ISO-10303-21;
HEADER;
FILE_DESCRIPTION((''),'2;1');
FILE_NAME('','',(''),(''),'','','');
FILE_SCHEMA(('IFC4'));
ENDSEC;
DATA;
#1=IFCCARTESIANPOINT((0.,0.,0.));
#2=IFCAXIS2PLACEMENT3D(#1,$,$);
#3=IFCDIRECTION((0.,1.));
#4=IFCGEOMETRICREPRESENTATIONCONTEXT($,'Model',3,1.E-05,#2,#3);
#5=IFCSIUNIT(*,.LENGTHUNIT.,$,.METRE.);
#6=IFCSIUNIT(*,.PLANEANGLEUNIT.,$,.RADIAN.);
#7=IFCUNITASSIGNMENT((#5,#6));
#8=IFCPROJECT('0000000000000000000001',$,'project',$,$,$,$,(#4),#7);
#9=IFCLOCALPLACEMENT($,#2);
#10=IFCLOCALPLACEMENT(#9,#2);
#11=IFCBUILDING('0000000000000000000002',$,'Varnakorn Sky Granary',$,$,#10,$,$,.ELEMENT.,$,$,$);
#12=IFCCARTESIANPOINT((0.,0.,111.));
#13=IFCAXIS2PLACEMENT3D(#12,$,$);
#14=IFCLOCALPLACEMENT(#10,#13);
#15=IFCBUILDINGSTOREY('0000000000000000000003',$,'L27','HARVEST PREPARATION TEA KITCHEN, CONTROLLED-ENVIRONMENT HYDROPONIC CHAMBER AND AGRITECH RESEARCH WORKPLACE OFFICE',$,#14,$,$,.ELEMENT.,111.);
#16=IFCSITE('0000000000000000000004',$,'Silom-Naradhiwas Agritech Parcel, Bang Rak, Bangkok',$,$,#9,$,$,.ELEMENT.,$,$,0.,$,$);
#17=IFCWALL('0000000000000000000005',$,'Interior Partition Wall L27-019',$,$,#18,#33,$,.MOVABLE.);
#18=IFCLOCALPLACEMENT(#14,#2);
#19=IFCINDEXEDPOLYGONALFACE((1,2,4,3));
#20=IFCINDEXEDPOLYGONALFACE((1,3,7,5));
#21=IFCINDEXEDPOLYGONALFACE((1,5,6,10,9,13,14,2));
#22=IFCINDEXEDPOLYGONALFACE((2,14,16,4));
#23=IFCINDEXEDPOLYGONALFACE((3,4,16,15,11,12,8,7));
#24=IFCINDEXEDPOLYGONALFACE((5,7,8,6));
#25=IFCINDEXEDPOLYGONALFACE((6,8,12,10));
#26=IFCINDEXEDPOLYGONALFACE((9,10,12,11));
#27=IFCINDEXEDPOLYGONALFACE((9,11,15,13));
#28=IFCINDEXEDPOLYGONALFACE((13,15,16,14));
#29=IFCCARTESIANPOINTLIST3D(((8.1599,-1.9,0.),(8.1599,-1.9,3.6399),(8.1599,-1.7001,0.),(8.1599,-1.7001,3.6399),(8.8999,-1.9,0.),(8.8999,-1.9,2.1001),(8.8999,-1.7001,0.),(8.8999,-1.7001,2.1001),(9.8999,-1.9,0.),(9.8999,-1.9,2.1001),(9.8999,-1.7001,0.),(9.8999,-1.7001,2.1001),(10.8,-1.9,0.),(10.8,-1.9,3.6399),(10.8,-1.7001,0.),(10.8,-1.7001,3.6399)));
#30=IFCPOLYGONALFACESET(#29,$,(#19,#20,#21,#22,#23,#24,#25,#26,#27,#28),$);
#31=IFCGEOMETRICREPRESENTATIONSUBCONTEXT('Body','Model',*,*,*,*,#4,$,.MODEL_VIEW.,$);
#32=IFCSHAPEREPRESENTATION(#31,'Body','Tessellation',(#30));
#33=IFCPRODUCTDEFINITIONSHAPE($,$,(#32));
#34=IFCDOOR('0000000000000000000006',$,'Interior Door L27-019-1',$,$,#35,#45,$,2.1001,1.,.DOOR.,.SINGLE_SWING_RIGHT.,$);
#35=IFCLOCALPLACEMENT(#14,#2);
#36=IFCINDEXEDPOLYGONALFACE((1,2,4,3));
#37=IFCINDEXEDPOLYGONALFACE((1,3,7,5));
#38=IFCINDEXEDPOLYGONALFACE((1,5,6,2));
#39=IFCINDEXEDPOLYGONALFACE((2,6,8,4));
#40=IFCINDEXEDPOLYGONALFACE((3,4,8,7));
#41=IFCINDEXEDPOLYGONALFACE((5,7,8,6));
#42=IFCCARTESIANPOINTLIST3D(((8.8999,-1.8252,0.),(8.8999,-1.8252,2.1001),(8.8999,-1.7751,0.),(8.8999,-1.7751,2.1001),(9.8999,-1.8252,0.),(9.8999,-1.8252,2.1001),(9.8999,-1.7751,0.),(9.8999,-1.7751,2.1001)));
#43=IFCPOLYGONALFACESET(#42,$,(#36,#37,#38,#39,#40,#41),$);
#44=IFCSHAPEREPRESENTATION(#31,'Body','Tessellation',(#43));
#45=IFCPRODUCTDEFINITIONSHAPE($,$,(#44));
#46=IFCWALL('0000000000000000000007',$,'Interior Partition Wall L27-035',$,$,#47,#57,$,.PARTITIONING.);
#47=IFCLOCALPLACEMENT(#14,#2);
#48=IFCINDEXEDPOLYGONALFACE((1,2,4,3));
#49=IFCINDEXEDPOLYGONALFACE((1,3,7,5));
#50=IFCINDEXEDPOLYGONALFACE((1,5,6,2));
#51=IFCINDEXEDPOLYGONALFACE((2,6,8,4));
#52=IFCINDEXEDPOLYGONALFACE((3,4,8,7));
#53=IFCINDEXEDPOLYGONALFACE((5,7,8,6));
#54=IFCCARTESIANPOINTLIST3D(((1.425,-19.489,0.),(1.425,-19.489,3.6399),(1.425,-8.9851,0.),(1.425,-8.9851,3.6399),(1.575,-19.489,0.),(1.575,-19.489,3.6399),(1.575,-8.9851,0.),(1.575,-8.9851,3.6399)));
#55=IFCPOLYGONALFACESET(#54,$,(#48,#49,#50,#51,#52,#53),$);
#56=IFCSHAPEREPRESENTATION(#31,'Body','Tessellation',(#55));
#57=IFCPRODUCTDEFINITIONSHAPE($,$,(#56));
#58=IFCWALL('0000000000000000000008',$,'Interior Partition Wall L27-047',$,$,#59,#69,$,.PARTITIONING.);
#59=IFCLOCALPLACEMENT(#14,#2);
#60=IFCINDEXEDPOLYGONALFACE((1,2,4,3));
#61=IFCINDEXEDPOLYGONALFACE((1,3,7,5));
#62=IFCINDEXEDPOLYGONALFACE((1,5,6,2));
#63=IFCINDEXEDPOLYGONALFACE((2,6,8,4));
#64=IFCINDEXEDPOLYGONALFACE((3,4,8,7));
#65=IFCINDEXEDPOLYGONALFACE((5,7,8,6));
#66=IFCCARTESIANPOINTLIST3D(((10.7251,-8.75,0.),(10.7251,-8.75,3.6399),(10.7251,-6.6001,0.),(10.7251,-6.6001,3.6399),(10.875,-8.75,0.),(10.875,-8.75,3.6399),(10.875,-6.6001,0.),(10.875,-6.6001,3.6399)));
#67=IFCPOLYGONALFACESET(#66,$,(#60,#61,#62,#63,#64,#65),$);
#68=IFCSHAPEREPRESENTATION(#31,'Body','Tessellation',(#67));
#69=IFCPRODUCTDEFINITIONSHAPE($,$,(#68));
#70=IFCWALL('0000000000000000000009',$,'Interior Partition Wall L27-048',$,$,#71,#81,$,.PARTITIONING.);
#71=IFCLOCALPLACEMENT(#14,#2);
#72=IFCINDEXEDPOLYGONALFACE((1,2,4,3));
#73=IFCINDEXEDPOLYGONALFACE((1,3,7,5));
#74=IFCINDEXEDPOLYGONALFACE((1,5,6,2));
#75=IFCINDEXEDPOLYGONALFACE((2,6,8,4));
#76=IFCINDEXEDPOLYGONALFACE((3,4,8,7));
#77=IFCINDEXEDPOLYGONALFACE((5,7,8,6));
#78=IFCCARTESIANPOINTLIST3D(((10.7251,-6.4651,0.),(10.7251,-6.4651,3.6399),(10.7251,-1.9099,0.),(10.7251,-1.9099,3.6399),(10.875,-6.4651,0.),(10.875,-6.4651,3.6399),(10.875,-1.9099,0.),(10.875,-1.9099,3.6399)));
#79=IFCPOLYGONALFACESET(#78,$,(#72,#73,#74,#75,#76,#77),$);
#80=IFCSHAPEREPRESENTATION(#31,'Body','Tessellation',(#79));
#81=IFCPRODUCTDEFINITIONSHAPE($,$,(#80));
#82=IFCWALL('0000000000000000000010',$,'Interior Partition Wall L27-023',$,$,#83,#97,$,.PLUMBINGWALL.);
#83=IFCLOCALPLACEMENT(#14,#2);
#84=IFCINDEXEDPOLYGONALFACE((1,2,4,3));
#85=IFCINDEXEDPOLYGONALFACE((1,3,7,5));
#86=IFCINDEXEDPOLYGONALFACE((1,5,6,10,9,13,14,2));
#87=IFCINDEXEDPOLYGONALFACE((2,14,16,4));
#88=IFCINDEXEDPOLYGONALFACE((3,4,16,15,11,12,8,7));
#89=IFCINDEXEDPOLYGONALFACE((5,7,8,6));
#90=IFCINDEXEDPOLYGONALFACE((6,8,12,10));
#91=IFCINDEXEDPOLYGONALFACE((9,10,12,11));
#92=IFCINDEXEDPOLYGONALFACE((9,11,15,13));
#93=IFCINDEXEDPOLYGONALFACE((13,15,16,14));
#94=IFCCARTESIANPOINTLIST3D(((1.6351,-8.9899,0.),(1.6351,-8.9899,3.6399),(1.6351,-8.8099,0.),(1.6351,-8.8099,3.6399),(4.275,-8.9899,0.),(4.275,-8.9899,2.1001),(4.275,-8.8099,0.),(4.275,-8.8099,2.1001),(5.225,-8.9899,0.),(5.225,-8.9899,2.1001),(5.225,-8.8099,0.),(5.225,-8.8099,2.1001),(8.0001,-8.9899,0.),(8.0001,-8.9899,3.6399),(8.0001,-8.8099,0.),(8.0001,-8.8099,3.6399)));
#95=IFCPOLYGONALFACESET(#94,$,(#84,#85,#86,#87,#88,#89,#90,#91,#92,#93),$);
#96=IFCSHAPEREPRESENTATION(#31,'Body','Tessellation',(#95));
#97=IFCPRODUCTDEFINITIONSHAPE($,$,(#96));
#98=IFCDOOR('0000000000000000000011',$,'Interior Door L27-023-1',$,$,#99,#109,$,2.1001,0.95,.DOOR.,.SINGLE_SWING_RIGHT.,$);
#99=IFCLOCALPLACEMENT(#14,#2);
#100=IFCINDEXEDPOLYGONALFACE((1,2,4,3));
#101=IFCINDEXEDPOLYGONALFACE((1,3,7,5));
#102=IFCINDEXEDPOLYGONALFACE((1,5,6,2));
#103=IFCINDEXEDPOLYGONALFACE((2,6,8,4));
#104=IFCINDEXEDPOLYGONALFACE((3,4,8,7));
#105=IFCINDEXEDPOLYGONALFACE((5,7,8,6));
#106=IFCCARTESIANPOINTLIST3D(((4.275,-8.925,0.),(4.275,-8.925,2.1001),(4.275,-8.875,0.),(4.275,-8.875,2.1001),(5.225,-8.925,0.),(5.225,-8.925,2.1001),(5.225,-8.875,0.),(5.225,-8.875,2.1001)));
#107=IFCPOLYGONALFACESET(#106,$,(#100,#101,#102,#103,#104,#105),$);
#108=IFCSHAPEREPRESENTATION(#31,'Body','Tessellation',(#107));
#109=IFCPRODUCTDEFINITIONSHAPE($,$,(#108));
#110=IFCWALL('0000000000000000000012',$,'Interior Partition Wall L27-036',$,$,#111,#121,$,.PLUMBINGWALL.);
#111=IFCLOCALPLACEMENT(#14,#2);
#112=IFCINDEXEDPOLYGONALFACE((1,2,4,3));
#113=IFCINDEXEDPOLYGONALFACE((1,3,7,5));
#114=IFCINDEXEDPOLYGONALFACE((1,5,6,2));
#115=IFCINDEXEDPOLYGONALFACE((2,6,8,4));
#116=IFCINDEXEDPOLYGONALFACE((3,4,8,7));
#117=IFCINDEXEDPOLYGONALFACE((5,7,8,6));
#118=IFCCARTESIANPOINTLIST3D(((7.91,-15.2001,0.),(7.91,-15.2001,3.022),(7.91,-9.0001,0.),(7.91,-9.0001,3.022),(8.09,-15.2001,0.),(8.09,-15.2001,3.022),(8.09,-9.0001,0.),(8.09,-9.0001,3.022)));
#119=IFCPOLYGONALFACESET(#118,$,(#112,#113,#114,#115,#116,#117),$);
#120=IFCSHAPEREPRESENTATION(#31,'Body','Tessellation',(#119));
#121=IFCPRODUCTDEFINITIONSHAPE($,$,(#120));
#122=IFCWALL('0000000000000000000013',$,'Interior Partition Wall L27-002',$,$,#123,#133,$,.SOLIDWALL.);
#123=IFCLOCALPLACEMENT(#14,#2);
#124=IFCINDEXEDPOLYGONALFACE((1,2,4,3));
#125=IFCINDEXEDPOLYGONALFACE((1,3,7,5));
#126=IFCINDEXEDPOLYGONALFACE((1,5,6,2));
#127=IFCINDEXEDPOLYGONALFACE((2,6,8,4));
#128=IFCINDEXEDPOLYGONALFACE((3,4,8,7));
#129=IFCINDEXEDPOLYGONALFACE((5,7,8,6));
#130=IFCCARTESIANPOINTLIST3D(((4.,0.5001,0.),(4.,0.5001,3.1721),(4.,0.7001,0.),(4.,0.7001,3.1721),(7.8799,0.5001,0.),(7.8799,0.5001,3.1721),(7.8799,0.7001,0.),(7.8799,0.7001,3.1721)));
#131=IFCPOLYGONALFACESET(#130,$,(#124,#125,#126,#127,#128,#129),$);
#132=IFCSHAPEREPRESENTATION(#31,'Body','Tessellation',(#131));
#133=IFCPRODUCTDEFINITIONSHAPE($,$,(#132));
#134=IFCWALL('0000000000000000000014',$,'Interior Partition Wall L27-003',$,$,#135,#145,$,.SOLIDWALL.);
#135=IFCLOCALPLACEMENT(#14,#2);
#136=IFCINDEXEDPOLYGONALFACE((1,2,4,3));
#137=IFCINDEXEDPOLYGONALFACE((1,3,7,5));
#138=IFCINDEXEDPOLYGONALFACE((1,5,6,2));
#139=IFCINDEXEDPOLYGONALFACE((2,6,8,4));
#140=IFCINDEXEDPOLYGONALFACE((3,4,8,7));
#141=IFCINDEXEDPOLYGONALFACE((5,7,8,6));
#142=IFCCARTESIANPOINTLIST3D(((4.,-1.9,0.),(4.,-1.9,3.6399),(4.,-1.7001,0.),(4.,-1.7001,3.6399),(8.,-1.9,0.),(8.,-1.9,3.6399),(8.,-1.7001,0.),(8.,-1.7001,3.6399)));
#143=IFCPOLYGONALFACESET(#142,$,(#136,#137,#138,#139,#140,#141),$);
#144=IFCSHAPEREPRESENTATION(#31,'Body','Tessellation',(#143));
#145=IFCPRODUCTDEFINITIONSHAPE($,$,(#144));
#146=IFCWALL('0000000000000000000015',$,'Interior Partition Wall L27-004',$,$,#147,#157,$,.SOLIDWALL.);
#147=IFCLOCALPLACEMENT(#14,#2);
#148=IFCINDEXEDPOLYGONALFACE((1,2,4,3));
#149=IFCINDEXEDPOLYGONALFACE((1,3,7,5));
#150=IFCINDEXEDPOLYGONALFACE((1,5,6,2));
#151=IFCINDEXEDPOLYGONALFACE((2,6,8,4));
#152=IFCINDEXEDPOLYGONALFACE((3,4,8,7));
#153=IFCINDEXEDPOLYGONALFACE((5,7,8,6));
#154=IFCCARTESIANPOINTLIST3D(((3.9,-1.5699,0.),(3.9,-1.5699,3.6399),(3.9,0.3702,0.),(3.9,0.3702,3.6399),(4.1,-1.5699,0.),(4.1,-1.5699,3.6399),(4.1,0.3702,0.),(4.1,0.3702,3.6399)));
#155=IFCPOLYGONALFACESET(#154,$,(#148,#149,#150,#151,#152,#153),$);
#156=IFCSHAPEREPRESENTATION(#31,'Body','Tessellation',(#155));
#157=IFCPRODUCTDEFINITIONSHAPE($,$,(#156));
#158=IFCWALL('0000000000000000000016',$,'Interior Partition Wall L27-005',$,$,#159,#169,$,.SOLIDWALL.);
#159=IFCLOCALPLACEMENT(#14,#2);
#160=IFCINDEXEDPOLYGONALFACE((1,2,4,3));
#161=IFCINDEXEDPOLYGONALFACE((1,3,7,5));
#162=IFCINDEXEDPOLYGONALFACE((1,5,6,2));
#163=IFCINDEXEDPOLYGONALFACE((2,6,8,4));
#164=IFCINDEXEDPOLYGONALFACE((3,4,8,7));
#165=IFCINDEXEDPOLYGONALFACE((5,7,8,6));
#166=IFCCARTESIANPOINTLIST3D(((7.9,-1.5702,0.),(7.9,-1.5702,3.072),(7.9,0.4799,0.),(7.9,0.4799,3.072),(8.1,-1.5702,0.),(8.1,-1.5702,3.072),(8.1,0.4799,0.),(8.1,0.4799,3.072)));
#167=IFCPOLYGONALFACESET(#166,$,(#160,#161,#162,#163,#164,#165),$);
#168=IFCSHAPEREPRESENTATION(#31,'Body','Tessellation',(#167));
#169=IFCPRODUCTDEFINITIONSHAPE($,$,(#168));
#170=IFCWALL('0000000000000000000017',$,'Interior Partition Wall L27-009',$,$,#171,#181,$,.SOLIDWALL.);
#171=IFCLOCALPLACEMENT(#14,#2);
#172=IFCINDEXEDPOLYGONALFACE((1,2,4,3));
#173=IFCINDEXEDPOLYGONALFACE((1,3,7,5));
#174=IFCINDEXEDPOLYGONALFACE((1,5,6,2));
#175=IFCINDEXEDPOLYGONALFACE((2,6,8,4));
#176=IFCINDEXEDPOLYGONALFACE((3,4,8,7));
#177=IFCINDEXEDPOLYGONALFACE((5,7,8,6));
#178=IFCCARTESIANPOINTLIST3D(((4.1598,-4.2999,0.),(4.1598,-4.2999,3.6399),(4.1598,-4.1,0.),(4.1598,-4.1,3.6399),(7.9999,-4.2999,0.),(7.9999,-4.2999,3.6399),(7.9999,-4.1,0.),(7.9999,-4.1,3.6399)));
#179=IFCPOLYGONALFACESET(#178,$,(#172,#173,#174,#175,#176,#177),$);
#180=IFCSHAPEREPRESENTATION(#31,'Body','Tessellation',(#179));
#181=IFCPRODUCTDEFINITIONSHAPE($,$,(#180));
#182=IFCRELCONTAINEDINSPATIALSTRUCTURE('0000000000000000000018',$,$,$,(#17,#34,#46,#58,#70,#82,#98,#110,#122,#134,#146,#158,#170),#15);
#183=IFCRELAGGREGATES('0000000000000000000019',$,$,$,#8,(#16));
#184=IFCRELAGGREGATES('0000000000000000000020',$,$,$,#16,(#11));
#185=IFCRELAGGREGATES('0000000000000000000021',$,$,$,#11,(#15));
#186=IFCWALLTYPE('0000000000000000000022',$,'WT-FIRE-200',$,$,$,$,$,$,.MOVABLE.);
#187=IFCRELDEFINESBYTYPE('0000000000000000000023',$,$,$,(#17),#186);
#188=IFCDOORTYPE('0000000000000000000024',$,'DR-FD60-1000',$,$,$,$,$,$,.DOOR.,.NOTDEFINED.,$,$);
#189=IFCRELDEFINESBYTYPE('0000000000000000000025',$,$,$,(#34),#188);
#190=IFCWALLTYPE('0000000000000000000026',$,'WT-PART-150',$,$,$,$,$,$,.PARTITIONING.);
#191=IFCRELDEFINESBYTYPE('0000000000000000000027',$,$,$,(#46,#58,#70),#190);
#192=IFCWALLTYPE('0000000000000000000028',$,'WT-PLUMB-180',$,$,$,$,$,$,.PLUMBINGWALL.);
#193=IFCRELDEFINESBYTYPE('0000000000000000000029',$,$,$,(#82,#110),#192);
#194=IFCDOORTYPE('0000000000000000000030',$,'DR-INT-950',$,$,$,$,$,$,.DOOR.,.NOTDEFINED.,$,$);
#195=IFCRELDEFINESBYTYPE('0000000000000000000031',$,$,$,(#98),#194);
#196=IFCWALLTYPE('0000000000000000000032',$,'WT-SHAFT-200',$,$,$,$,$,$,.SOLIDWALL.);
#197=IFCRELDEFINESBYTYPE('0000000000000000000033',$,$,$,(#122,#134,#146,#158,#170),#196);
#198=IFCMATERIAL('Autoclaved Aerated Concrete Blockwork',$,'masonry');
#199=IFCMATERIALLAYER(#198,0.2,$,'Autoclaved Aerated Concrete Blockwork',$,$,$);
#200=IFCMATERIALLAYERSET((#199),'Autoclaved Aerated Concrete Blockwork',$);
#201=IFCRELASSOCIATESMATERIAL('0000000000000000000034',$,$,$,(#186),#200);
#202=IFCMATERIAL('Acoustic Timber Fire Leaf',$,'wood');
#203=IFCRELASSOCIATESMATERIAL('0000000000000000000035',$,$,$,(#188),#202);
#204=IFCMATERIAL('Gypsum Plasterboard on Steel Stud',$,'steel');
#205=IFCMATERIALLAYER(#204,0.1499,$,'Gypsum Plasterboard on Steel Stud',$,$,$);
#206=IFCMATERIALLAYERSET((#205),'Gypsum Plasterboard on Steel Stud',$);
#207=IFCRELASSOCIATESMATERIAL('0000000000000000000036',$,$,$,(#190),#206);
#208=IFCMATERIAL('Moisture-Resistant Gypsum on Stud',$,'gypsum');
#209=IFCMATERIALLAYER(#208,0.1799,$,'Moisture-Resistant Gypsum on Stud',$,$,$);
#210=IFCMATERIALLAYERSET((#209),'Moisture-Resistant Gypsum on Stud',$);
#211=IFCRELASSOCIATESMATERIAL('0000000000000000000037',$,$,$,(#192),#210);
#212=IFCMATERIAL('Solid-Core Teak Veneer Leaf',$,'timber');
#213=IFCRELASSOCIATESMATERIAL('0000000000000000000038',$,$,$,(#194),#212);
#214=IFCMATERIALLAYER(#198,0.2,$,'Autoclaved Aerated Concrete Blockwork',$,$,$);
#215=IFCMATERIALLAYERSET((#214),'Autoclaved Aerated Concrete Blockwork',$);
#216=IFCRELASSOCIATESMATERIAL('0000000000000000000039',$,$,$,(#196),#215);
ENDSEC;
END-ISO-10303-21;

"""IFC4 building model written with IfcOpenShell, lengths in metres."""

from ifc_helpers import new_model, si_unit, direction, frame, frame_2d, origin, place, context, subcontext, project, spatial, rectangle, extrude, material, layer, layer_set, type_object, element, fill, save


model = new_model("IFC4")

# Units and contexts
model_context = context("Model", 3, precision=1e-05, world=origin(), true_north=direction((0.0, 1.0)))
body_context = subcontext(model_context, "Body", "Model", "MODEL_VIEW")
ifc_project = project(units=[si_unit("LENGTHUNIT", "METRE"), si_unit("PLANEANGLEUNIT", "RADIAN")], contexts=[model_context])

# Site, building, storey
site_placement = place(None, origin())
site = spatial("IfcSite", under=ifc_project, at=site_placement, Name="Silom-Naradhiwas Agritech Parcel, Bang Rak, Bangkok", CompositionType="ELEMENT", RefElevation=0.0)
building_placement = place(site_placement, origin())
building = spatial("IfcBuilding", under=site, at=building_placement, Name="Varnakorn Sky Granary", CompositionType="ELEMENT")
storey_placement = place(building_placement, frame((0.0, 0.0, 111.0)))
storey = spatial("IfcBuildingStorey", under=building, at=storey_placement, Name="L27", Description="HARVEST PREPARATION TEA KITCHEN, CONTROLLED-ENVIRONMENT HYDROPONIC CHAMBER AND AGRITECH RESEARCH WORKPLACE OFFICE", CompositionType="ELEMENT", Elevation=111.0)

# Wall, opening, door
ifc_material_1 = material(Name="Autoclaved Aerated Concrete Blockwork", Category="masonry")
ifc_layer_1 = layer(ifc_material_1, 0.2, Name="Autoclaved Aerated Concrete Blockwork")
ifc_layer_set_1 = layer_set([ifc_layer_1], Name="Autoclaved Aerated Concrete Blockwork")
wall_type_1 = type_object("IfcWallType", Name="WT-FIRE-200", PredefinedType="MOVABLE", material=ifc_layer_set_1)
ifc_material_2 = material(Name="Acoustic Timber Fire Leaf", Category="wood")
door_type_1 = type_object("IfcDoorType", Name="DR-FD60-1000", OperationType="NOTDEFINED", PredefinedType="DOOR", material=ifc_material_2)
wall_1_placement = place(storey_placement, frame((8.1599, -1.8, 0.0), z_axis=(0.0, 0.0, 1.0), x_axis=(1.0, 0.0, 0.0)))
wall_1 = element("IfcWall", 1, at=wall_1_placement, inside=storey, type_object=wall_type_1, Name="Interior Partition Wall L27-019", PredefinedType="MOVABLE", context=body_context, shape_type="SweptSolid", body=[
    extrude(rectangle(XDim=2.6401, YDim=0.2, at=frame_2d((1.3201, 0.0))), origin(), (0.0, 0.0, 1.0), 3.6399),
])
opening_1_placement = place(wall_1_placement, frame((0.74, 0.0, 0.0)))
opening_1 = element("IfcOpeningElement", 2, at=opening_1_placement, cuts=wall_1, PredefinedType="OPENING", context=body_context, shape_type="SweptSolid", body=[
    extrude(rectangle(XDim=1.0, YDim=2.1001, at=frame_2d((0.5, 1.05))), frame((0.0, 0.1099, 0.0), z_axis=(0.0, -1.0, 0.0), x_axis=(1.0, 0.0, 0.0)), (0.0, 0.0, 1.0), 0.22),
])
door_1_placement = place(opening_1_placement, origin())
door_1 = element("IfcDoor", 3, at=door_1_placement, inside=storey, type_object=door_type_1, Name="Interior Door L27-019-1", OperationType="SINGLE_SWING_RIGHT", OverallHeight=2.1001, OverallWidth=1.0, PredefinedType="DOOR", context=body_context, shape_type="SweptSolid", body=[
    extrude(rectangle(XDim=1.0, YDim=2.1001, at=frame_2d((0.5, 1.05))), frame((0.0, 0.0249, 0.0), z_axis=(0.0, -1.0, 0.0), x_axis=(1.0, 0.0, 0.0)), (0.0, 0.0, 1.0), 0.05),
])
fill(opening_1, door_1)

# Walls
ifc_material_3 = material(Name="Gypsum Plasterboard on Steel Stud", Category="steel")
ifc_layer_2 = layer(ifc_material_3, 0.1499, Name="Gypsum Plasterboard on Steel Stud")
ifc_layer_set_2 = layer_set([ifc_layer_2], Name="Gypsum Plasterboard on Steel Stud")
wall_type_2 = type_object("IfcWallType", Name="WT-PART-150", PredefinedType="PARTITIONING", material=ifc_layer_set_2)
wall_2_placement = place(storey_placement, frame((1.5, -8.9851, 0.0), z_axis=(0.0, 0.0, 1.0), x_axis=(0.0, -1.0, 0.0)))
element("IfcWall", 4, at=wall_2_placement, inside=storey, type_object=wall_type_2, Name="Interior Partition Wall L27-035", PredefinedType="PARTITIONING", context=body_context, shape_type="SweptSolid", body=[
    extrude(rectangle(XDim=10.5039, YDim=0.1499, at=frame_2d((5.252, 0.0))), origin(), (0.0, 0.0, 1.0), 3.6399),
])
wall_3_placement = place(storey_placement, frame((10.8, -8.75, 0.0), z_axis=(0.0, 0.0, 1.0), x_axis=(0.0, 1.0, 0.0)))
element("IfcWall", 5, at=wall_3_placement, inside=storey, type_object=wall_type_2, Name="Interior Partition Wall L27-047", PredefinedType="PARTITIONING", context=body_context, shape_type="SweptSolid", body=[
    extrude(rectangle(XDim=2.1499, YDim=0.1499, at=frame_2d((1.075, 0.0))), origin(), (0.0, 0.0, 1.0), 3.6399),
])
wall_4_placement = place(storey_placement, frame((10.8, -6.4651, 0.0), z_axis=(0.0, 0.0, 1.0), x_axis=(0.0, 1.0, 0.0)))
element("IfcWall", 6, at=wall_4_placement, inside=storey, type_object=wall_type_2, Name="Interior Partition Wall L27-048", PredefinedType="PARTITIONING", context=body_context, shape_type="SweptSolid", body=[
    extrude(rectangle(XDim=4.5552, YDim=0.1499, at=frame_2d((2.2776, 0.0))), origin(), (0.0, 0.0, 1.0), 3.6399),
])

# Wall, opening, door
ifc_material_4 = material(Name="Moisture-Resistant Gypsum on Stud", Category="gypsum")
ifc_layer_3 = layer(ifc_material_4, 0.1799, Name="Moisture-Resistant Gypsum on Stud")
ifc_layer_set_3 = layer_set([ifc_layer_3], Name="Moisture-Resistant Gypsum on Stud")
wall_type_3 = type_object("IfcWallType", Name="WT-PLUMB-180", PredefinedType="PLUMBINGWALL", material=ifc_layer_set_3)
wall_5_placement = place(storey_placement, frame((1.635, -8.8999, 0.0), z_axis=(0.0, 0.0, 1.0), x_axis=(1.0, 0.0, 0.0)))
wall_5 = element("IfcWall", 7, at=wall_5_placement, inside=storey, type_object=wall_type_3, Name="Interior Partition Wall L27-023", PredefinedType="PLUMBINGWALL", context=body_context, shape_type="SweptSolid", body=[
    extrude(rectangle(XDim=6.365, YDim=0.1799, at=frame_2d((3.1826, 0.0))), origin(), (0.0, 0.0, 1.0), 3.6399),
])
opening_2_placement = place(wall_5_placement, frame((2.6399, 0.0, 0.0)))
opening_2 = element("IfcOpeningElement", 8, at=opening_2_placement, cuts=wall_5, PredefinedType="OPENING", context=body_context, shape_type="SweptSolid", body=[
    extrude(rectangle(XDim=0.95, YDim=2.1001, at=frame_2d((0.4751, 1.05))), frame((0.0, 0.1001, 0.0), z_axis=(0.0, -1.0, 0.0), x_axis=(1.0, 0.0, 0.0)), (0.0, 0.0, 1.0), 0.2),
])
ifc_material_5 = material(Name="Solid-Core Teak Veneer Leaf", Category="timber")
door_type_2 = type_object("IfcDoorType", Name="DR-INT-950", OperationType="NOTDEFINED", PredefinedType="DOOR", material=ifc_material_5)
door_2_placement = place(opening_2_placement, origin())
door_2 = element("IfcDoor", 9, at=door_2_placement, inside=storey, type_object=door_type_2, Name="Interior Door L27-023-1", OperationType="SINGLE_SWING_RIGHT", OverallHeight=2.1001, OverallWidth=0.95, PredefinedType="DOOR", context=body_context, shape_type="SweptSolid", body=[
    extrude(rectangle(XDim=0.95, YDim=2.1001, at=frame_2d((0.4751, 1.05))), frame((0.0, 0.0249, 0.0), z_axis=(0.0, -1.0, 0.0), x_axis=(1.0, 0.0, 0.0)), (0.0, 0.0, 1.0), 0.05),
])
fill(opening_2, door_2)

# Walls
wall_6_placement = place(storey_placement, frame((8.0, -9.0, 0.0), z_axis=(0.0, 0.0, 1.0), x_axis=(0.0, -1.0, 0.0)))
element("IfcWall", 10, at=wall_6_placement, inside=storey, type_object=wall_type_3, Name="Interior Partition Wall L27-036", PredefinedType="PLUMBINGWALL", context=body_context, shape_type="SweptSolid", body=[
    extrude(rectangle(XDim=6.2, YDim=0.1799, at=frame_2d((3.1001, 0.0))), origin(), (0.0, 0.0, 1.0), 3.022),
])
ifc_layer_4 = layer(ifc_material_1, 0.2, Name="Autoclaved Aerated Concrete Blockwork")
ifc_layer_set_4 = layer_set([ifc_layer_4], Name="Autoclaved Aerated Concrete Blockwork")
wall_type_4 = type_object("IfcWallType", Name="WT-SHAFT-200", PredefinedType="SOLIDWALL", material=ifc_layer_set_4)
wall_7_placement = place(storey_placement, frame((4.0, 0.6001, 0.0), z_axis=(0.0, 0.0, 1.0), x_axis=(1.0, 0.0, 0.0)))
element("IfcWall", 11, at=wall_7_placement, inside=storey, type_object=wall_type_4, Name="Interior Partition Wall L27-002", PredefinedType="SOLIDWALL", context=body_context, shape_type="SweptSolid", body=[
    extrude(rectangle(XDim=3.8799, YDim=0.2, at=frame_2d((1.9399, 0.0))), origin(), (0.0, 0.0, 1.0), 3.1721),
])
wall_8_placement = place(storey_placement, frame((4.0, -1.8, 0.0), z_axis=(0.0, 0.0, 1.0), x_axis=(1.0, 0.0, 0.0)))
element("IfcWall", 12, at=wall_8_placement, inside=storey, type_object=wall_type_4, Name="Interior Partition Wall L27-003", PredefinedType="SOLIDWALL", context=body_context, shape_type="SweptSolid", body=[
    extrude(rectangle(XDim=4.0, YDim=0.2, at=frame_2d((2.0, 0.0))), origin(), (0.0, 0.0, 1.0), 3.6399),
])
wall_9_placement = place(storey_placement, frame((4.0, -1.5701, 0.0), z_axis=(0.0, 0.0, 1.0), x_axis=(0.0, 1.0, 0.0)))
element("IfcWall", 13, at=wall_9_placement, inside=storey, type_object=wall_type_4, Name="Interior Partition Wall L27-004", PredefinedType="SOLIDWALL", context=body_context, shape_type="SweptSolid", body=[
    extrude(rectangle(XDim=1.9402, YDim=0.2, at=frame_2d((0.9702, 0.0))), origin(), (0.0, 0.0, 1.0), 3.6399),
])
wall_10_placement = place(storey_placement, frame((8.0, -1.5701, 0.0), z_axis=(0.0, 0.0, 1.0), x_axis=(0.0, 1.0, 0.0)))
element("IfcWall", 14, at=wall_10_placement, inside=storey, type_object=wall_type_4, Name="Interior Partition Wall L27-005", PredefinedType="SOLIDWALL", context=body_context, shape_type="SweptSolid", body=[
    extrude(rectangle(XDim=2.05, YDim=0.2, at=frame_2d((1.0249, 0.0))), origin(), (0.0, 0.0, 1.0), 3.072),
])
wall_11_placement = place(storey_placement, frame((4.1599, -4.2, 0.0), z_axis=(0.0, 0.0, 1.0), x_axis=(1.0, 0.0, 0.0)))
element("IfcWall", 15, at=wall_11_placement, inside=storey, type_object=wall_type_4, Name="Interior Partition Wall L27-009", PredefinedType="SOLIDWALL", context=body_context, shape_type="SweptSolid", body=[
    extrude(rectangle(XDim=3.8401, YDim=0.2, at=frame_2d((1.9199, 0.0))), origin(), (0.0, 0.0, 1.0), 3.6399),
])

save(model, "model.ifc")
